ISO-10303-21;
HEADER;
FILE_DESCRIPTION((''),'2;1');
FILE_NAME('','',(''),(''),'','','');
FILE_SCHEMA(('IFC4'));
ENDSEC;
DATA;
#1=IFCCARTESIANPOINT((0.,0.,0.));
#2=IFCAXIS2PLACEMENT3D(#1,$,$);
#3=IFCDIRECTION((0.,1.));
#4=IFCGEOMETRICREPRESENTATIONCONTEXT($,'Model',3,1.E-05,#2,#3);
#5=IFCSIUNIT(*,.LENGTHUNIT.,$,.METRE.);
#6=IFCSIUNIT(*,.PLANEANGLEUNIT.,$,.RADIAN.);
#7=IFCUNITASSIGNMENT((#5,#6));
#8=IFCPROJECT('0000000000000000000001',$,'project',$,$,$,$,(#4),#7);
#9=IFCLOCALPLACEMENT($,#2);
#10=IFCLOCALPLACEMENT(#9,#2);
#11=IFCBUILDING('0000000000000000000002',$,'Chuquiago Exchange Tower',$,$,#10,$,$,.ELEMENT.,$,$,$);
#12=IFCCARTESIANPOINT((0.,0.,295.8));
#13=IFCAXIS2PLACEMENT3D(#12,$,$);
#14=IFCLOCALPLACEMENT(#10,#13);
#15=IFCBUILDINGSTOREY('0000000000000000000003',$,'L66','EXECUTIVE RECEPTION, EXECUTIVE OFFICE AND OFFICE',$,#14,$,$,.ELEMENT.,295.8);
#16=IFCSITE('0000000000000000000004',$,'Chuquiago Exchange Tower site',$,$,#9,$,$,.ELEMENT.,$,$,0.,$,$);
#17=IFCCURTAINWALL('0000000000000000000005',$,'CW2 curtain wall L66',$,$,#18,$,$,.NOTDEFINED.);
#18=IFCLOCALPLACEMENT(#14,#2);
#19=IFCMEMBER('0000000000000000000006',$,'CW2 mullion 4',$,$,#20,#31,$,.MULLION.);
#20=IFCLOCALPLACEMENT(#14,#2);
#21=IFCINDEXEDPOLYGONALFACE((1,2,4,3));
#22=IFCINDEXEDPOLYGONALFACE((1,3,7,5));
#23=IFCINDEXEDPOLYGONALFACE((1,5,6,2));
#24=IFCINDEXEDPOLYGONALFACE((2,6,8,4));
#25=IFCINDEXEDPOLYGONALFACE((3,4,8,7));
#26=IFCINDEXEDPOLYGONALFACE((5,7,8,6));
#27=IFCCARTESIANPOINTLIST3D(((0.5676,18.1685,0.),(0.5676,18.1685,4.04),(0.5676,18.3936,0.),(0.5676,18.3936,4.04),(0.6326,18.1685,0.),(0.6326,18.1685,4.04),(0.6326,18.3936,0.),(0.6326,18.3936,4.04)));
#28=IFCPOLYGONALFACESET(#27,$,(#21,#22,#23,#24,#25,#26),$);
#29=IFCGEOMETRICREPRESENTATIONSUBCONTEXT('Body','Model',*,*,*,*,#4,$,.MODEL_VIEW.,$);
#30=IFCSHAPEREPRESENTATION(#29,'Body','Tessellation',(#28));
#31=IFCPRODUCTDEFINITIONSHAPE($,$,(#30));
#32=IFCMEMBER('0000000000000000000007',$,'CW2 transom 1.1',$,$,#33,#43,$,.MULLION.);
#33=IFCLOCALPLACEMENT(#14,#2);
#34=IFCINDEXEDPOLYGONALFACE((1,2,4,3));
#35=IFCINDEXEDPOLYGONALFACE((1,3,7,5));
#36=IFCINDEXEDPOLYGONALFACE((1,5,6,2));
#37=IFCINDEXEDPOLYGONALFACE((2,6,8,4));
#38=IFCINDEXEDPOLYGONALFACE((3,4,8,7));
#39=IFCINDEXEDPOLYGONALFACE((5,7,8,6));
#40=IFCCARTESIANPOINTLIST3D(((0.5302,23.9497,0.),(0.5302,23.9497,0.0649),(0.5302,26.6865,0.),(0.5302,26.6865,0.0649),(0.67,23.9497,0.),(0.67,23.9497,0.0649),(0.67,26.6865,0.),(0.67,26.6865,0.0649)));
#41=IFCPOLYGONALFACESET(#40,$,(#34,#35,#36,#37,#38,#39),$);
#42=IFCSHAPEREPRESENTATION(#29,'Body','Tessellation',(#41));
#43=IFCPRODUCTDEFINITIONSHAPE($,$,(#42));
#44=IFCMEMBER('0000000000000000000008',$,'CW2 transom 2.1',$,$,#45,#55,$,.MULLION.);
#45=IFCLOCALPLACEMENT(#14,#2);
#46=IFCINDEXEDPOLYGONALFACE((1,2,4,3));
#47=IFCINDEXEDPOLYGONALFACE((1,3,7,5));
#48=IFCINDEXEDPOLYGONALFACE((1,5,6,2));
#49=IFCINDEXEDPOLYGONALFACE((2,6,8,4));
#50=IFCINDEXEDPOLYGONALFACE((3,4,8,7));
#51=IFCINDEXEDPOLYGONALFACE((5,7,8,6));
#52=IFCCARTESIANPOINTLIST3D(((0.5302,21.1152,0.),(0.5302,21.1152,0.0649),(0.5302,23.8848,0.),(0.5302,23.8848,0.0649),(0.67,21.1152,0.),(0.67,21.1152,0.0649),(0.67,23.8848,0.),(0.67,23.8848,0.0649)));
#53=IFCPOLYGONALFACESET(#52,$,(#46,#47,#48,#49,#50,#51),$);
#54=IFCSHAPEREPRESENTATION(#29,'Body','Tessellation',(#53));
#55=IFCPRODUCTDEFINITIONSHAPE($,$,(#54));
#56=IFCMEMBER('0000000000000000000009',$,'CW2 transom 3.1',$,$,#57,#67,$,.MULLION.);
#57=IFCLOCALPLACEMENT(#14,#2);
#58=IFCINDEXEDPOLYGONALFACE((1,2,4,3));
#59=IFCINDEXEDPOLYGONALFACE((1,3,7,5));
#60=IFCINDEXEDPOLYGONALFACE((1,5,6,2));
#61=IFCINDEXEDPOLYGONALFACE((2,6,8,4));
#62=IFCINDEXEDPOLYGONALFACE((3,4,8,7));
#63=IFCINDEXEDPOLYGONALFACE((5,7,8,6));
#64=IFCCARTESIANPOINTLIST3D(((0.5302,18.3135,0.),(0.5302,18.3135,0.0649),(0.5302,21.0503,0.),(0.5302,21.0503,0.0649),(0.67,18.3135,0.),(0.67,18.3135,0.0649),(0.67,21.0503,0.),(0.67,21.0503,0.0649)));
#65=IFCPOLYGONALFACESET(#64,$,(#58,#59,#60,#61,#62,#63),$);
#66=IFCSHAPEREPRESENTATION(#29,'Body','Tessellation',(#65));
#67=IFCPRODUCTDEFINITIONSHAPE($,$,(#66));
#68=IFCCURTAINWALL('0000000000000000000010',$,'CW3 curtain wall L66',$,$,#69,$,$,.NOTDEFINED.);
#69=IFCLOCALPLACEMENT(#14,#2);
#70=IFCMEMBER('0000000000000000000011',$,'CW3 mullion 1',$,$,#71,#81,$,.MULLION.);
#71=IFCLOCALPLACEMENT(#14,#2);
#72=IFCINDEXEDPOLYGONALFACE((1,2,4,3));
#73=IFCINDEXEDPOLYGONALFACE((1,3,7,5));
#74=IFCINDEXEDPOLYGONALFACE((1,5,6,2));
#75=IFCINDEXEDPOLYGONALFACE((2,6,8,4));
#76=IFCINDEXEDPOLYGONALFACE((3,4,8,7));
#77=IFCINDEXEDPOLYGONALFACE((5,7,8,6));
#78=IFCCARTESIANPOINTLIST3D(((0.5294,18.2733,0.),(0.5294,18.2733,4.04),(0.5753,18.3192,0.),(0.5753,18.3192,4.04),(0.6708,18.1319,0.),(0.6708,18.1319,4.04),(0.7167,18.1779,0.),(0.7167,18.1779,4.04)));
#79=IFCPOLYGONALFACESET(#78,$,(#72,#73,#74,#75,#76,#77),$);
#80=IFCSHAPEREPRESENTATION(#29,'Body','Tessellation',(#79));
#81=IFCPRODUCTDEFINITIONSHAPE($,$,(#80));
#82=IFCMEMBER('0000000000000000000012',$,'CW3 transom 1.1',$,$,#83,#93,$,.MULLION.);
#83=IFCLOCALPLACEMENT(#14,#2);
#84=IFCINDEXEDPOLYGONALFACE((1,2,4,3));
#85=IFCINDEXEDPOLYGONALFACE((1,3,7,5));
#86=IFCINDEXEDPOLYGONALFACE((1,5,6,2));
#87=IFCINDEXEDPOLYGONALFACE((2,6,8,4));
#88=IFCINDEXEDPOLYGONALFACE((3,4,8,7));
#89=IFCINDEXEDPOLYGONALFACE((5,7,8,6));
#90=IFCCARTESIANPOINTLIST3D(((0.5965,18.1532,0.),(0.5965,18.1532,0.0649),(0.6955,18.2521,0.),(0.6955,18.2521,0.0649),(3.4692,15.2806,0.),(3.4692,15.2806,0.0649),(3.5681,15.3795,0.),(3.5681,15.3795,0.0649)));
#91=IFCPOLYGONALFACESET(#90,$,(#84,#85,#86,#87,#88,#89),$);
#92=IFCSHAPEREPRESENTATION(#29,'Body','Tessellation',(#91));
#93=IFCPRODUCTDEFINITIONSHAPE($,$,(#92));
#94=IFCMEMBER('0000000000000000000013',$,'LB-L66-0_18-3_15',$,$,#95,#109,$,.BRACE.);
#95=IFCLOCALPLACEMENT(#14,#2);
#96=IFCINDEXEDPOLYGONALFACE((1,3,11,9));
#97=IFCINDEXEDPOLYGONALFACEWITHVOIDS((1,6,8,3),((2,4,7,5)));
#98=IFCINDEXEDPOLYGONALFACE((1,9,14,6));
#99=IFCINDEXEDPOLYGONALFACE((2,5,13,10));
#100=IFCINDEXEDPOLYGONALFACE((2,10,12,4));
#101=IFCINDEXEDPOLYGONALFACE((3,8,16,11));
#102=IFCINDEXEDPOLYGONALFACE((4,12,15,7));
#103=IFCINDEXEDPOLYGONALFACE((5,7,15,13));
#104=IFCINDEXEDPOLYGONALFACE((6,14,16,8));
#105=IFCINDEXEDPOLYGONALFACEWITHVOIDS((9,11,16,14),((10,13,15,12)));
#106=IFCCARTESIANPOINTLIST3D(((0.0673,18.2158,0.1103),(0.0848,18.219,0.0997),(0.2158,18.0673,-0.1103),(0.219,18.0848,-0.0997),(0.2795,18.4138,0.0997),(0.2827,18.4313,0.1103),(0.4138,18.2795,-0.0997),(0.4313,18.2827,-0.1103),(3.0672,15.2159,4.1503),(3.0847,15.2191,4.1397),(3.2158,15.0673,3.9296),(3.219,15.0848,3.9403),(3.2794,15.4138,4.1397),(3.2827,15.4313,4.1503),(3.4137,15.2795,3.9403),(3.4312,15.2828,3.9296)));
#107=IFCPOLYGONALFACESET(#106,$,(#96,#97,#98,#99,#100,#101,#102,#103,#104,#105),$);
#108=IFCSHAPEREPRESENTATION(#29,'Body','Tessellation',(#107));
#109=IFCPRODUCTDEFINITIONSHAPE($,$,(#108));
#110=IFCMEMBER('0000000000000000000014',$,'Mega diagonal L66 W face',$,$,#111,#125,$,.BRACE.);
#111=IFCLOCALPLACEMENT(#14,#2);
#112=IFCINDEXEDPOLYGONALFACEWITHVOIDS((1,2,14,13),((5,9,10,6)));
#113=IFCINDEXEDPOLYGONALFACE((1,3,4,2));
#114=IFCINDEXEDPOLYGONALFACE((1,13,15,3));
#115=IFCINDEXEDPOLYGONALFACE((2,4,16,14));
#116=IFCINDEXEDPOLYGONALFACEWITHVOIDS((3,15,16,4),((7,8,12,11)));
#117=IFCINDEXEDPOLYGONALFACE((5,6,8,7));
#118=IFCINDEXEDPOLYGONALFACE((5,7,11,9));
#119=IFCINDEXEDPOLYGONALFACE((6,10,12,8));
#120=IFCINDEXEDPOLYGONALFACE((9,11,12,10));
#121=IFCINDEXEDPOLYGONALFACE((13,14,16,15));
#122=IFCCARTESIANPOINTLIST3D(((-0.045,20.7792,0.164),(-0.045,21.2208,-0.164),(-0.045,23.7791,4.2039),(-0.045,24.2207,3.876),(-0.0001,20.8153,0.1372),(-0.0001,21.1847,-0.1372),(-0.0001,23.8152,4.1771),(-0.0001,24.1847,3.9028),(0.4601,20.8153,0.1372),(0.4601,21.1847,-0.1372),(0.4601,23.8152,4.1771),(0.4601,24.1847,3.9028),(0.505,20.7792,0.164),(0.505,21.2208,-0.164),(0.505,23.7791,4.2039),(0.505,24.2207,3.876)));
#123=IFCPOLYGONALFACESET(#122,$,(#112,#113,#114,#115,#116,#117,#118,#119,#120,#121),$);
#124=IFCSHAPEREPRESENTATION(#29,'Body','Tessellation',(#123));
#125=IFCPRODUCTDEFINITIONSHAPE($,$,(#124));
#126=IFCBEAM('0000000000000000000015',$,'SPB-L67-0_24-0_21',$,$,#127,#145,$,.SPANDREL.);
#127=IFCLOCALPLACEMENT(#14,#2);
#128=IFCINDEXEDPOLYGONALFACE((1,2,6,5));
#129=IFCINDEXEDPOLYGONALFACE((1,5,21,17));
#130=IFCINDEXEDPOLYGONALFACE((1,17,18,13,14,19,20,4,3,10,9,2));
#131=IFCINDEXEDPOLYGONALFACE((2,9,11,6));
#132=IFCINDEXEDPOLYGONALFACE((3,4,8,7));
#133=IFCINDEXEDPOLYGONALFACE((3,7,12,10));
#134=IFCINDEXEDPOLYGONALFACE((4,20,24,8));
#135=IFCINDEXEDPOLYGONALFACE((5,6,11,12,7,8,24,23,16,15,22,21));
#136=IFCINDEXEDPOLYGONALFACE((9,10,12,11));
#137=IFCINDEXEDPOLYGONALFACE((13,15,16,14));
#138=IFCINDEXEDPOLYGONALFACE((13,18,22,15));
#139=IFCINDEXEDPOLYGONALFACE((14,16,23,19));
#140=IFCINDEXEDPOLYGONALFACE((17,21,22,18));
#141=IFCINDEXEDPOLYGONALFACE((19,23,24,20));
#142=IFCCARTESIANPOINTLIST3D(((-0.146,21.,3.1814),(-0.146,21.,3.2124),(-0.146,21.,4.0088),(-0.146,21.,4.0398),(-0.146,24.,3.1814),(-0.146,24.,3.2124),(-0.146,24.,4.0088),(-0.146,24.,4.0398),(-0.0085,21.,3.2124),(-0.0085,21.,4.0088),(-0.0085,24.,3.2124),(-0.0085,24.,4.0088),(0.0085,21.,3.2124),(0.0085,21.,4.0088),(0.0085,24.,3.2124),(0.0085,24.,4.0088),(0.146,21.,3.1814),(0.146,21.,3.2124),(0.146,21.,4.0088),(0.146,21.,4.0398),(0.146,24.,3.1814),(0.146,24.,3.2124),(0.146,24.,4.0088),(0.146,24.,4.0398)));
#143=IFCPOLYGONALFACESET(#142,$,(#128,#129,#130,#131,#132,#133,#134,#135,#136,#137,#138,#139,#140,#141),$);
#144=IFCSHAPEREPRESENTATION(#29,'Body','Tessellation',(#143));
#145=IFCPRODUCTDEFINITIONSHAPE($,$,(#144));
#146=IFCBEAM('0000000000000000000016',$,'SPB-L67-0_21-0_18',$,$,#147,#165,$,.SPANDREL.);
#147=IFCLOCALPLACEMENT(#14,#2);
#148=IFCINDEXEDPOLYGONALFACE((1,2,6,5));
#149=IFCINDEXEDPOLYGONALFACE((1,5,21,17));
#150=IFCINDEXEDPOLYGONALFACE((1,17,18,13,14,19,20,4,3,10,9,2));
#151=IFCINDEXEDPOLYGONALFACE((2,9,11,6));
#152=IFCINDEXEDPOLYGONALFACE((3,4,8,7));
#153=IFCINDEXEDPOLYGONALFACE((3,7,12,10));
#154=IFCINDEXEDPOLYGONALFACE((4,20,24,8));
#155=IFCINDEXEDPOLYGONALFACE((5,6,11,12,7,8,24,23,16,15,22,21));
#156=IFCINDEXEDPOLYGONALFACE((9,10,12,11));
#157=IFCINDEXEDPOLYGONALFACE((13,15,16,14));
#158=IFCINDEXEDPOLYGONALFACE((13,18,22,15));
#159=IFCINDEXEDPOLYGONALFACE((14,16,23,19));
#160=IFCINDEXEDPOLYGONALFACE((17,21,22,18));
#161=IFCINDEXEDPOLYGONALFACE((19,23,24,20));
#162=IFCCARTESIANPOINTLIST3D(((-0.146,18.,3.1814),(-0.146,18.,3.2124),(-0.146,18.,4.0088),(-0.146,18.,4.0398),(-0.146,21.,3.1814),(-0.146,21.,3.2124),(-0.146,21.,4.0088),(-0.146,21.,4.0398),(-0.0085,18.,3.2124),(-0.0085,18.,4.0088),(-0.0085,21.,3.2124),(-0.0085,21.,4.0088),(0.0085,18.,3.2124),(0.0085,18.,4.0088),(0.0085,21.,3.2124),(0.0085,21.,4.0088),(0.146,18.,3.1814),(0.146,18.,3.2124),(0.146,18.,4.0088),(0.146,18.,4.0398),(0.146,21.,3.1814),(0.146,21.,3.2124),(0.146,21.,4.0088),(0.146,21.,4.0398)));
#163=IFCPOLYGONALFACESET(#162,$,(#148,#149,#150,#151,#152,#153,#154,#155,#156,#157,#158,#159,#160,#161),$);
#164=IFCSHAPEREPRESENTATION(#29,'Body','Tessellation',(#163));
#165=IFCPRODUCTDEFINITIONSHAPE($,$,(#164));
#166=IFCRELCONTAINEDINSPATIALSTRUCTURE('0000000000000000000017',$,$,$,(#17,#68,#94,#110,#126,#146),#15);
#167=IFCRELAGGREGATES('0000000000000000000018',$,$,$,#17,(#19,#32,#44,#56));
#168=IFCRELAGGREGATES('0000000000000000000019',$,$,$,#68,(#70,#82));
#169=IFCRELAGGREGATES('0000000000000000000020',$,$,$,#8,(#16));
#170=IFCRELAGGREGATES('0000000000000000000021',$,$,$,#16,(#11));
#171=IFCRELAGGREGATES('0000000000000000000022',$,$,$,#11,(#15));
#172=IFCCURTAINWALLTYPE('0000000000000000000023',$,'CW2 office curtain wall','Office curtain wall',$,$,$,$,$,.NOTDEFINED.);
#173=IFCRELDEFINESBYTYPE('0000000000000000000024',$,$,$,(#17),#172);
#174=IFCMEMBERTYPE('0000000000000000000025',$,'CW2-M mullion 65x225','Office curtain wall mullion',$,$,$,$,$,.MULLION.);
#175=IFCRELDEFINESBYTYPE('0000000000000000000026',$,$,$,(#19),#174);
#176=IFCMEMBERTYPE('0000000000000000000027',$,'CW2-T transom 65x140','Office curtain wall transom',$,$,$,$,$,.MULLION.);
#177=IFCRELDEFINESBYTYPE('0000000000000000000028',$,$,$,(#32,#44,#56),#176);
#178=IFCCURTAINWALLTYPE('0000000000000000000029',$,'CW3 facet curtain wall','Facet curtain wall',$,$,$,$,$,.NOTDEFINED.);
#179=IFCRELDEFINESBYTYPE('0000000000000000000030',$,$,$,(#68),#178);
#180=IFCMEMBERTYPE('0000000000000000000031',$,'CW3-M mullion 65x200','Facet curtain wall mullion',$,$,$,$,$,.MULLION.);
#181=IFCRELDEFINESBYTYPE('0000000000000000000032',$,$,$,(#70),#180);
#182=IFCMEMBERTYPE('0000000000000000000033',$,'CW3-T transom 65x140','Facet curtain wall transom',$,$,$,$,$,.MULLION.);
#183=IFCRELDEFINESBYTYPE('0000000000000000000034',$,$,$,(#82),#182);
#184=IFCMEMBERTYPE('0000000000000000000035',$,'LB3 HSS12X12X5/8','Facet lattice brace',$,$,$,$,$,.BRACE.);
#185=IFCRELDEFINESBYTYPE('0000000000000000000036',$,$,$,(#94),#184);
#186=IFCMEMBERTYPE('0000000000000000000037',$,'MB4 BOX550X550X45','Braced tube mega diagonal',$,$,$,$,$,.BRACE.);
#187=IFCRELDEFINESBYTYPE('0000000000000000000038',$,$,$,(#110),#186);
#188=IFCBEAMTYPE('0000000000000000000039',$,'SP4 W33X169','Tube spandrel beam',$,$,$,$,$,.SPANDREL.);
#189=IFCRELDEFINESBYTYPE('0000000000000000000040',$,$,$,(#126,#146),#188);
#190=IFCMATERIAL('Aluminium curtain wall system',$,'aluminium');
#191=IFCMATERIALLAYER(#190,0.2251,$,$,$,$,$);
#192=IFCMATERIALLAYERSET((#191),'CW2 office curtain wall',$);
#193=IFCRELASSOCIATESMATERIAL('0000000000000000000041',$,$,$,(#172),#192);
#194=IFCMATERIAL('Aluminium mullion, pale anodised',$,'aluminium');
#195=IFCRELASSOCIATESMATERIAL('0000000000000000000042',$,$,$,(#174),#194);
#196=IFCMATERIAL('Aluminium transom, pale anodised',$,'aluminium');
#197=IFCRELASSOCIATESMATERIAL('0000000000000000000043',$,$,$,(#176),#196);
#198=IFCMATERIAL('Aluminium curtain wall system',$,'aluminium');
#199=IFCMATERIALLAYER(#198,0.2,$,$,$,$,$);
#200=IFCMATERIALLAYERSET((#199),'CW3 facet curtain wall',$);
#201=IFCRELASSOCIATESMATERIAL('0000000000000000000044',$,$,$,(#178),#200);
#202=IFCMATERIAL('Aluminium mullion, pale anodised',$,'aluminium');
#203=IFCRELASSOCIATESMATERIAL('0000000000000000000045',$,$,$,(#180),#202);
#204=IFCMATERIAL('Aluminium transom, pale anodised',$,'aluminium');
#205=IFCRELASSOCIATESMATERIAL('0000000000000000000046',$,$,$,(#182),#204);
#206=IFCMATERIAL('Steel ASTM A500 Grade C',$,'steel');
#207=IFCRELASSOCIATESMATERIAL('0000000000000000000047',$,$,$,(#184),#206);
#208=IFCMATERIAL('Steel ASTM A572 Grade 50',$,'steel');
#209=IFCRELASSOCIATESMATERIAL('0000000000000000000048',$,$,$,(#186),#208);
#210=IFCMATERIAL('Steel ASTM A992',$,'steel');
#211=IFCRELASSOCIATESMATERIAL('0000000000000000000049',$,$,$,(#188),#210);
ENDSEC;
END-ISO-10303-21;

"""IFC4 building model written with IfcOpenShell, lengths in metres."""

from ifc_helpers import new_model, si_unit, direction, frame, origin, origin_2d, place, context, subcontext, project, spatial, rectangle, hollow_rectangle, i_section, extrude, material, layer, layer_set, material_profile, profile_set, type_object, element, aggregate, save


model = new_model("IFC4")

# Units and contexts
model_context = context("Model", 3, precision=1e-05, world=origin(), true_north=direction((0.0, 1.0)))
body_context = subcontext(model_context, "Body", "Model", "MODEL_VIEW")
ifc_project = project(units=[si_unit("LENGTHUNIT", "METRE"), si_unit("PLANEANGLEUNIT", "RADIAN")], contexts=[model_context])

# Site, building, storey
site_placement = place(None, origin())
site = spatial("IfcSite", under=ifc_project, at=site_placement, Name="Chuquiago Exchange Tower site", CompositionType="ELEMENT", RefElevation=0.0)
building_placement = place(site_placement, origin())
building = spatial("IfcBuilding", under=site, at=building_placement, Name="Chuquiago Exchange Tower", CompositionType="ELEMENT")
storey_placement = place(building_placement, frame((0.0, 0.0, 295.8)))
storey = spatial("IfcBuildingStorey", under=building, at=storey_placement, Name="L66", Description="EXECUTIVE RECEPTION, EXECUTIVE OFFICE AND OFFICE", CompositionType="ELEMENT", Elevation=295.8)

# Curtain walls, members
ifc_material_1 = material(Name="Aluminium curtain wall system", Category="aluminium")
ifc_layer_1 = layer(ifc_material_1, 0.2251)
ifc_layer_set_1 = layer_set([ifc_layer_1], Name="CW2 office curtain wall")
curtain_wall_type_1 = type_object("IfcCurtainWallType", Name="CW2 office curtain wall", Description="Office curtain wall", PredefinedType="NOTDEFINED", material=ifc_layer_set_1)
curtain_wall_1_placement = place(storey_placement, origin())
curtain_wall_1 = element("IfcCurtainWall", 1, at=curtain_wall_1_placement, inside=storey, type_object=curtain_wall_type_1, Name="CW2 curtain wall L66", PredefinedType="NOTDEFINED")
ifc_material_2 = material(Name="Aluminium mullion, pale anodised", Category="aluminium")
ifc_material_profile_1 = material_profile(ifc_material_2, rectangle(XDim=0.0649, YDim=0.2251, at=origin_2d()), Name="AL 65x225")
ifc_profile_set_1 = profile_set([ifc_material_profile_1], Name="Aluminium mullion, pale anodised")
member_type_1 = type_object("IfcMemberType", Name="CW2-M mullion 65x225", Description="Office curtain wall mullion", PredefinedType="MULLION", material=ifc_profile_set_1)
member_1_placement = place(storey_placement, frame((0.6001, 18.281, 0.0), z_axis=(0.0, 0.0, 1.0), x_axis=(1.0, 0.0, 0.0)))
member_1 = element("IfcMember", 2, at=member_1_placement, type_object=member_type_1, Name="CW2 mullion 4", PredefinedType="MULLION", context=body_context, shape_type="SweptSolid", body=[
    extrude(rectangle(XDim=0.0649, YDim=0.2251, at=origin_2d()), origin(), (0.0, 0.0, 1.0), 4.04),
])
ifc_material_3 = material(Name="Aluminium transom, pale anodised", Category="aluminium")
ifc_material_profile_2 = material_profile(ifc_material_3, rectangle(XDim=0.1399, YDim=0.0649, at=origin_2d()), Name="AL 140x65")
ifc_profile_set_2 = profile_set([ifc_material_profile_2], Name="Aluminium transom, pale anodised")
member_type_2 = type_object("IfcMemberType", Name="CW2-T transom 65x140", Description="Office curtain wall transom", PredefinedType="MULLION", material=ifc_profile_set_2)
member_2_placement = place(storey_placement, frame((0.6001, 26.6865, 0.0325), z_axis=(0.0, -1.0, 0.0), x_axis=(1.0, 0.0, 0.0)))
member_2 = element("IfcMember", 3, at=member_2_placement, type_object=member_type_2, Name="CW2 transom 1.1", PredefinedType="MULLION", context=body_context, shape_type="SweptSolid", body=[
    extrude(rectangle(XDim=0.1399, YDim=0.0649, at=origin_2d()), origin(), (0.0, 0.0, 1.0), 2.7368),
])
member_3_placement = place(storey_placement, frame((0.6001, 23.8848, 0.0325), z_axis=(0.0, -1.0, 0.0), x_axis=(1.0, 0.0, 0.0)))
member_3 = element("IfcMember", 4, at=member_3_placement, type_object=member_type_2, Name="CW2 transom 2.1", PredefinedType="MULLION", context=body_context, shape_type="SweptSolid", body=[
    extrude(rectangle(XDim=0.1399, YDim=0.0649, at=origin_2d()), origin(), (0.0, 0.0, 1.0), 2.7695),
])
member_4_placement = place(storey_placement, frame((0.6001, 21.0503, 0.0325), z_axis=(0.0, -1.0, 0.0), x_axis=(1.0, 0.0, 0.0)))
member_4 = element("IfcMember", 5, at=member_4_placement, type_object=member_type_2, Name="CW2 transom 3.1", PredefinedType="MULLION", context=body_context, shape_type="SweptSolid", body=[
    extrude(rectangle(XDim=0.1399, YDim=0.0649, at=origin_2d()), origin(), (0.0, 0.0, 1.0), 2.7368),
])
ifc_material_4 = material(Name="Aluminium curtain wall system", Category="aluminium")
ifc_layer_2 = layer(ifc_material_4, 0.2)
ifc_layer_set_2 = layer_set([ifc_layer_2], Name="CW3 facet curtain wall")
curtain_wall_type_2 = type_object("IfcCurtainWallType", Name="CW3 facet curtain wall", Description="Facet curtain wall", PredefinedType="NOTDEFINED", material=ifc_layer_set_2)
curtain_wall_2_placement = place(storey_placement, origin())
curtain_wall_2 = element("IfcCurtainWall", 6, at=curtain_wall_2_placement, inside=storey, type_object=curtain_wall_type_2, Name="CW3 curtain wall L66", PredefinedType="NOTDEFINED")
ifc_material_5 = material(Name="Aluminium mullion, pale anodised", Category="aluminium")
ifc_material_profile_3 = material_profile(ifc_material_5, rectangle(XDim=0.0649, YDim=0.2, at=origin_2d()), Name="AL 65x200")
ifc_profile_set_3 = profile_set([ifc_material_profile_3], Name="Aluminium mullion, pale anodised")
member_type_3 = type_object("IfcMemberType", Name="CW3-M mullion 65x200", Description="Facet curtain wall mullion", PredefinedType="MULLION", material=ifc_profile_set_3)
member_5_placement = place(storey_placement, frame((0.623, 18.2256, 0.0), z_axis=(0.0, 0.0, 1.0), x_axis=(0.707107, 0.707107, 0.0)))
member_5 = element("IfcMember", 7, at=member_5_placement, type_object=member_type_3, Name="CW3 mullion 1", PredefinedType="MULLION", context=body_context, shape_type="SweptSolid", body=[
    extrude(rectangle(XDim=0.0649, YDim=0.2, at=origin_2d()), origin(), (0.0, 0.0, 1.0), 4.04),
])
ifc_material_6 = material(Name="Aluminium transom, pale anodised", Category="aluminium")
ifc_material_profile_4 = material_profile(ifc_material_6, rectangle(XDim=0.1399, YDim=0.0649, at=origin_2d()), Name="AL 140x65")
ifc_profile_set_4 = profile_set([ifc_material_profile_4], Name="Aluminium transom, pale anodised")
member_type_4 = type_object("IfcMemberType", Name="CW3-T transom 65x140", Description="Facet curtain wall transom", PredefinedType="MULLION", material=ifc_profile_set_4)
member_6_placement = place(storey_placement, frame((0.646, 18.2026, 0.0325), z_axis=(0.707107, -0.707107, 0.0), x_axis=(0.707107, 0.707107, 0.0)))
member_6 = element("IfcMember", 8, at=member_6_placement, type_object=member_type_4, Name="CW3 transom 1.1", PredefinedType="MULLION", context=body_context, shape_type="SweptSolid", body=[
    extrude(rectangle(XDim=0.1399, YDim=0.0649, at=origin_2d()), origin(), (0.0, 0.0, 1.0), 4.0625),
])

# Members
ifc_material_7 = material(Name="Steel ASTM A500 Grade C", Category="steel")
ifc_material_profile_5 = material_profile(ifc_material_7, hollow_rectangle(XDim=0.3047, YDim=0.3047, WallThickness=0.0146, at=origin_2d()), Name="HSS12X12X5/8")
ifc_profile_set_5 = profile_set([ifc_material_profile_5], Name="Steel ASTM A500 Grade C")
member_type_5 = type_object("IfcMemberType", Name="LB3 HSS12X12X5/8", Description="Facet lattice brace", PredefinedType="BRACE", material=ifc_profile_set_5)
member_7_placement = place(storey_placement, frame((0.2493, 18.2493, 0.0), z_axis=(0.512077, -0.512077, 0.689604), x_axis=(0.707107, 0.707107, 0.0)))
element("IfcMember", 9, at=member_7_placement, inside=storey, type_object=member_type_5, Name="LB-L66-0_18-3_15", PredefinedType="BRACE", context=body_context, shape_type="SweptSolid", body=[
    extrude(hollow_rectangle(XDim=0.3047, YDim=0.3047, WallThickness=0.0146, at=origin_2d()), origin(), (0.0, 0.0, 1.0), 5.8584),
])
ifc_material_8 = material(Name="Steel ASTM A572 Grade 50", Category="steel")
ifc_material_profile_6 = material_profile(ifc_material_8, hollow_rectangle(XDim=0.55, YDim=0.55, WallThickness=0.0449, at=origin_2d()), Name="BOX550X550X45")
ifc_profile_set_6 = profile_set([ifc_material_profile_6], Name="Steel ASTM A572 Grade 50")
member_type_6 = type_object("IfcMemberType", Name="MB4 BOX550X550X45", Description="Braced tube mega diagonal", PredefinedType="BRACE", material=ifc_profile_set_6)
member_8_placement = place(storey_placement, frame((0.23, 21.0, 0.0), z_axis=(0.0, 0.596174, 0.802855), x_axis=(-1.0, 0.0, 0.0)))
element("IfcMember", 10, at=member_8_placement, inside=storey, type_object=member_type_6, Name="Mega diagonal L66 W face", PredefinedType="BRACE", context=body_context, shape_type="SweptSolid", body=[
    extrude(hollow_rectangle(XDim=0.55, YDim=0.55, WallThickness=0.0449, at=origin_2d()), origin(), (0.0, 0.0, 1.0), 5.032),
])

# Beams
ifc_material_9 = material(Name="Steel ASTM A992", Category="steel")
ifc_material_profile_7 = material_profile(ifc_material_9, i_section(OverallWidth=0.292, OverallDepth=0.8584, WebThickness=0.0171, FlangeThickness=0.031, at=origin_2d()), Name="W33X169")
ifc_profile_set_7 = profile_set([ifc_material_profile_7], Name="Steel ASTM A992")
beam_type_1 = type_object("IfcBeamType", Name="SP4 W33X169", Description="Tube spandrel beam", PredefinedType="SPANDREL", material=ifc_profile_set_7)
for number, where, z_axis, x_axis, name in (
    (11, (0.0, 24.0, 3.6106), (0.0, -1.0, 0.0), (1.0, 0.0, 0.0), "SPB-L67-0_24-0_21"),
    (12, (0.0, 21.0, 3.6106), (0.0, -1.0, 0.0), (1.0, 0.0, 0.0), "SPB-L67-0_21-0_18"),
):
    element("IfcBeam", number, at=place(storey_placement, frame(where, z_axis=z_axis, x_axis=x_axis)), inside=storey, type_object=beam_type_1, Name=name, PredefinedType="SPANDREL", context=body_context, shape_type="SweptSolid", body=[
        extrude(i_section(OverallWidth=0.292, OverallDepth=0.8584, WebThickness=0.0171, FlangeThickness=0.031, at=origin_2d()), origin(), (0.0, 0.0, 1.0), 3.0),
    ])

aggregate(curtain_wall_1, [member_1, member_2, member_3, member_4])
aggregate(curtain_wall_2, [member_5, member_6])

save(model, "model.ifc")
